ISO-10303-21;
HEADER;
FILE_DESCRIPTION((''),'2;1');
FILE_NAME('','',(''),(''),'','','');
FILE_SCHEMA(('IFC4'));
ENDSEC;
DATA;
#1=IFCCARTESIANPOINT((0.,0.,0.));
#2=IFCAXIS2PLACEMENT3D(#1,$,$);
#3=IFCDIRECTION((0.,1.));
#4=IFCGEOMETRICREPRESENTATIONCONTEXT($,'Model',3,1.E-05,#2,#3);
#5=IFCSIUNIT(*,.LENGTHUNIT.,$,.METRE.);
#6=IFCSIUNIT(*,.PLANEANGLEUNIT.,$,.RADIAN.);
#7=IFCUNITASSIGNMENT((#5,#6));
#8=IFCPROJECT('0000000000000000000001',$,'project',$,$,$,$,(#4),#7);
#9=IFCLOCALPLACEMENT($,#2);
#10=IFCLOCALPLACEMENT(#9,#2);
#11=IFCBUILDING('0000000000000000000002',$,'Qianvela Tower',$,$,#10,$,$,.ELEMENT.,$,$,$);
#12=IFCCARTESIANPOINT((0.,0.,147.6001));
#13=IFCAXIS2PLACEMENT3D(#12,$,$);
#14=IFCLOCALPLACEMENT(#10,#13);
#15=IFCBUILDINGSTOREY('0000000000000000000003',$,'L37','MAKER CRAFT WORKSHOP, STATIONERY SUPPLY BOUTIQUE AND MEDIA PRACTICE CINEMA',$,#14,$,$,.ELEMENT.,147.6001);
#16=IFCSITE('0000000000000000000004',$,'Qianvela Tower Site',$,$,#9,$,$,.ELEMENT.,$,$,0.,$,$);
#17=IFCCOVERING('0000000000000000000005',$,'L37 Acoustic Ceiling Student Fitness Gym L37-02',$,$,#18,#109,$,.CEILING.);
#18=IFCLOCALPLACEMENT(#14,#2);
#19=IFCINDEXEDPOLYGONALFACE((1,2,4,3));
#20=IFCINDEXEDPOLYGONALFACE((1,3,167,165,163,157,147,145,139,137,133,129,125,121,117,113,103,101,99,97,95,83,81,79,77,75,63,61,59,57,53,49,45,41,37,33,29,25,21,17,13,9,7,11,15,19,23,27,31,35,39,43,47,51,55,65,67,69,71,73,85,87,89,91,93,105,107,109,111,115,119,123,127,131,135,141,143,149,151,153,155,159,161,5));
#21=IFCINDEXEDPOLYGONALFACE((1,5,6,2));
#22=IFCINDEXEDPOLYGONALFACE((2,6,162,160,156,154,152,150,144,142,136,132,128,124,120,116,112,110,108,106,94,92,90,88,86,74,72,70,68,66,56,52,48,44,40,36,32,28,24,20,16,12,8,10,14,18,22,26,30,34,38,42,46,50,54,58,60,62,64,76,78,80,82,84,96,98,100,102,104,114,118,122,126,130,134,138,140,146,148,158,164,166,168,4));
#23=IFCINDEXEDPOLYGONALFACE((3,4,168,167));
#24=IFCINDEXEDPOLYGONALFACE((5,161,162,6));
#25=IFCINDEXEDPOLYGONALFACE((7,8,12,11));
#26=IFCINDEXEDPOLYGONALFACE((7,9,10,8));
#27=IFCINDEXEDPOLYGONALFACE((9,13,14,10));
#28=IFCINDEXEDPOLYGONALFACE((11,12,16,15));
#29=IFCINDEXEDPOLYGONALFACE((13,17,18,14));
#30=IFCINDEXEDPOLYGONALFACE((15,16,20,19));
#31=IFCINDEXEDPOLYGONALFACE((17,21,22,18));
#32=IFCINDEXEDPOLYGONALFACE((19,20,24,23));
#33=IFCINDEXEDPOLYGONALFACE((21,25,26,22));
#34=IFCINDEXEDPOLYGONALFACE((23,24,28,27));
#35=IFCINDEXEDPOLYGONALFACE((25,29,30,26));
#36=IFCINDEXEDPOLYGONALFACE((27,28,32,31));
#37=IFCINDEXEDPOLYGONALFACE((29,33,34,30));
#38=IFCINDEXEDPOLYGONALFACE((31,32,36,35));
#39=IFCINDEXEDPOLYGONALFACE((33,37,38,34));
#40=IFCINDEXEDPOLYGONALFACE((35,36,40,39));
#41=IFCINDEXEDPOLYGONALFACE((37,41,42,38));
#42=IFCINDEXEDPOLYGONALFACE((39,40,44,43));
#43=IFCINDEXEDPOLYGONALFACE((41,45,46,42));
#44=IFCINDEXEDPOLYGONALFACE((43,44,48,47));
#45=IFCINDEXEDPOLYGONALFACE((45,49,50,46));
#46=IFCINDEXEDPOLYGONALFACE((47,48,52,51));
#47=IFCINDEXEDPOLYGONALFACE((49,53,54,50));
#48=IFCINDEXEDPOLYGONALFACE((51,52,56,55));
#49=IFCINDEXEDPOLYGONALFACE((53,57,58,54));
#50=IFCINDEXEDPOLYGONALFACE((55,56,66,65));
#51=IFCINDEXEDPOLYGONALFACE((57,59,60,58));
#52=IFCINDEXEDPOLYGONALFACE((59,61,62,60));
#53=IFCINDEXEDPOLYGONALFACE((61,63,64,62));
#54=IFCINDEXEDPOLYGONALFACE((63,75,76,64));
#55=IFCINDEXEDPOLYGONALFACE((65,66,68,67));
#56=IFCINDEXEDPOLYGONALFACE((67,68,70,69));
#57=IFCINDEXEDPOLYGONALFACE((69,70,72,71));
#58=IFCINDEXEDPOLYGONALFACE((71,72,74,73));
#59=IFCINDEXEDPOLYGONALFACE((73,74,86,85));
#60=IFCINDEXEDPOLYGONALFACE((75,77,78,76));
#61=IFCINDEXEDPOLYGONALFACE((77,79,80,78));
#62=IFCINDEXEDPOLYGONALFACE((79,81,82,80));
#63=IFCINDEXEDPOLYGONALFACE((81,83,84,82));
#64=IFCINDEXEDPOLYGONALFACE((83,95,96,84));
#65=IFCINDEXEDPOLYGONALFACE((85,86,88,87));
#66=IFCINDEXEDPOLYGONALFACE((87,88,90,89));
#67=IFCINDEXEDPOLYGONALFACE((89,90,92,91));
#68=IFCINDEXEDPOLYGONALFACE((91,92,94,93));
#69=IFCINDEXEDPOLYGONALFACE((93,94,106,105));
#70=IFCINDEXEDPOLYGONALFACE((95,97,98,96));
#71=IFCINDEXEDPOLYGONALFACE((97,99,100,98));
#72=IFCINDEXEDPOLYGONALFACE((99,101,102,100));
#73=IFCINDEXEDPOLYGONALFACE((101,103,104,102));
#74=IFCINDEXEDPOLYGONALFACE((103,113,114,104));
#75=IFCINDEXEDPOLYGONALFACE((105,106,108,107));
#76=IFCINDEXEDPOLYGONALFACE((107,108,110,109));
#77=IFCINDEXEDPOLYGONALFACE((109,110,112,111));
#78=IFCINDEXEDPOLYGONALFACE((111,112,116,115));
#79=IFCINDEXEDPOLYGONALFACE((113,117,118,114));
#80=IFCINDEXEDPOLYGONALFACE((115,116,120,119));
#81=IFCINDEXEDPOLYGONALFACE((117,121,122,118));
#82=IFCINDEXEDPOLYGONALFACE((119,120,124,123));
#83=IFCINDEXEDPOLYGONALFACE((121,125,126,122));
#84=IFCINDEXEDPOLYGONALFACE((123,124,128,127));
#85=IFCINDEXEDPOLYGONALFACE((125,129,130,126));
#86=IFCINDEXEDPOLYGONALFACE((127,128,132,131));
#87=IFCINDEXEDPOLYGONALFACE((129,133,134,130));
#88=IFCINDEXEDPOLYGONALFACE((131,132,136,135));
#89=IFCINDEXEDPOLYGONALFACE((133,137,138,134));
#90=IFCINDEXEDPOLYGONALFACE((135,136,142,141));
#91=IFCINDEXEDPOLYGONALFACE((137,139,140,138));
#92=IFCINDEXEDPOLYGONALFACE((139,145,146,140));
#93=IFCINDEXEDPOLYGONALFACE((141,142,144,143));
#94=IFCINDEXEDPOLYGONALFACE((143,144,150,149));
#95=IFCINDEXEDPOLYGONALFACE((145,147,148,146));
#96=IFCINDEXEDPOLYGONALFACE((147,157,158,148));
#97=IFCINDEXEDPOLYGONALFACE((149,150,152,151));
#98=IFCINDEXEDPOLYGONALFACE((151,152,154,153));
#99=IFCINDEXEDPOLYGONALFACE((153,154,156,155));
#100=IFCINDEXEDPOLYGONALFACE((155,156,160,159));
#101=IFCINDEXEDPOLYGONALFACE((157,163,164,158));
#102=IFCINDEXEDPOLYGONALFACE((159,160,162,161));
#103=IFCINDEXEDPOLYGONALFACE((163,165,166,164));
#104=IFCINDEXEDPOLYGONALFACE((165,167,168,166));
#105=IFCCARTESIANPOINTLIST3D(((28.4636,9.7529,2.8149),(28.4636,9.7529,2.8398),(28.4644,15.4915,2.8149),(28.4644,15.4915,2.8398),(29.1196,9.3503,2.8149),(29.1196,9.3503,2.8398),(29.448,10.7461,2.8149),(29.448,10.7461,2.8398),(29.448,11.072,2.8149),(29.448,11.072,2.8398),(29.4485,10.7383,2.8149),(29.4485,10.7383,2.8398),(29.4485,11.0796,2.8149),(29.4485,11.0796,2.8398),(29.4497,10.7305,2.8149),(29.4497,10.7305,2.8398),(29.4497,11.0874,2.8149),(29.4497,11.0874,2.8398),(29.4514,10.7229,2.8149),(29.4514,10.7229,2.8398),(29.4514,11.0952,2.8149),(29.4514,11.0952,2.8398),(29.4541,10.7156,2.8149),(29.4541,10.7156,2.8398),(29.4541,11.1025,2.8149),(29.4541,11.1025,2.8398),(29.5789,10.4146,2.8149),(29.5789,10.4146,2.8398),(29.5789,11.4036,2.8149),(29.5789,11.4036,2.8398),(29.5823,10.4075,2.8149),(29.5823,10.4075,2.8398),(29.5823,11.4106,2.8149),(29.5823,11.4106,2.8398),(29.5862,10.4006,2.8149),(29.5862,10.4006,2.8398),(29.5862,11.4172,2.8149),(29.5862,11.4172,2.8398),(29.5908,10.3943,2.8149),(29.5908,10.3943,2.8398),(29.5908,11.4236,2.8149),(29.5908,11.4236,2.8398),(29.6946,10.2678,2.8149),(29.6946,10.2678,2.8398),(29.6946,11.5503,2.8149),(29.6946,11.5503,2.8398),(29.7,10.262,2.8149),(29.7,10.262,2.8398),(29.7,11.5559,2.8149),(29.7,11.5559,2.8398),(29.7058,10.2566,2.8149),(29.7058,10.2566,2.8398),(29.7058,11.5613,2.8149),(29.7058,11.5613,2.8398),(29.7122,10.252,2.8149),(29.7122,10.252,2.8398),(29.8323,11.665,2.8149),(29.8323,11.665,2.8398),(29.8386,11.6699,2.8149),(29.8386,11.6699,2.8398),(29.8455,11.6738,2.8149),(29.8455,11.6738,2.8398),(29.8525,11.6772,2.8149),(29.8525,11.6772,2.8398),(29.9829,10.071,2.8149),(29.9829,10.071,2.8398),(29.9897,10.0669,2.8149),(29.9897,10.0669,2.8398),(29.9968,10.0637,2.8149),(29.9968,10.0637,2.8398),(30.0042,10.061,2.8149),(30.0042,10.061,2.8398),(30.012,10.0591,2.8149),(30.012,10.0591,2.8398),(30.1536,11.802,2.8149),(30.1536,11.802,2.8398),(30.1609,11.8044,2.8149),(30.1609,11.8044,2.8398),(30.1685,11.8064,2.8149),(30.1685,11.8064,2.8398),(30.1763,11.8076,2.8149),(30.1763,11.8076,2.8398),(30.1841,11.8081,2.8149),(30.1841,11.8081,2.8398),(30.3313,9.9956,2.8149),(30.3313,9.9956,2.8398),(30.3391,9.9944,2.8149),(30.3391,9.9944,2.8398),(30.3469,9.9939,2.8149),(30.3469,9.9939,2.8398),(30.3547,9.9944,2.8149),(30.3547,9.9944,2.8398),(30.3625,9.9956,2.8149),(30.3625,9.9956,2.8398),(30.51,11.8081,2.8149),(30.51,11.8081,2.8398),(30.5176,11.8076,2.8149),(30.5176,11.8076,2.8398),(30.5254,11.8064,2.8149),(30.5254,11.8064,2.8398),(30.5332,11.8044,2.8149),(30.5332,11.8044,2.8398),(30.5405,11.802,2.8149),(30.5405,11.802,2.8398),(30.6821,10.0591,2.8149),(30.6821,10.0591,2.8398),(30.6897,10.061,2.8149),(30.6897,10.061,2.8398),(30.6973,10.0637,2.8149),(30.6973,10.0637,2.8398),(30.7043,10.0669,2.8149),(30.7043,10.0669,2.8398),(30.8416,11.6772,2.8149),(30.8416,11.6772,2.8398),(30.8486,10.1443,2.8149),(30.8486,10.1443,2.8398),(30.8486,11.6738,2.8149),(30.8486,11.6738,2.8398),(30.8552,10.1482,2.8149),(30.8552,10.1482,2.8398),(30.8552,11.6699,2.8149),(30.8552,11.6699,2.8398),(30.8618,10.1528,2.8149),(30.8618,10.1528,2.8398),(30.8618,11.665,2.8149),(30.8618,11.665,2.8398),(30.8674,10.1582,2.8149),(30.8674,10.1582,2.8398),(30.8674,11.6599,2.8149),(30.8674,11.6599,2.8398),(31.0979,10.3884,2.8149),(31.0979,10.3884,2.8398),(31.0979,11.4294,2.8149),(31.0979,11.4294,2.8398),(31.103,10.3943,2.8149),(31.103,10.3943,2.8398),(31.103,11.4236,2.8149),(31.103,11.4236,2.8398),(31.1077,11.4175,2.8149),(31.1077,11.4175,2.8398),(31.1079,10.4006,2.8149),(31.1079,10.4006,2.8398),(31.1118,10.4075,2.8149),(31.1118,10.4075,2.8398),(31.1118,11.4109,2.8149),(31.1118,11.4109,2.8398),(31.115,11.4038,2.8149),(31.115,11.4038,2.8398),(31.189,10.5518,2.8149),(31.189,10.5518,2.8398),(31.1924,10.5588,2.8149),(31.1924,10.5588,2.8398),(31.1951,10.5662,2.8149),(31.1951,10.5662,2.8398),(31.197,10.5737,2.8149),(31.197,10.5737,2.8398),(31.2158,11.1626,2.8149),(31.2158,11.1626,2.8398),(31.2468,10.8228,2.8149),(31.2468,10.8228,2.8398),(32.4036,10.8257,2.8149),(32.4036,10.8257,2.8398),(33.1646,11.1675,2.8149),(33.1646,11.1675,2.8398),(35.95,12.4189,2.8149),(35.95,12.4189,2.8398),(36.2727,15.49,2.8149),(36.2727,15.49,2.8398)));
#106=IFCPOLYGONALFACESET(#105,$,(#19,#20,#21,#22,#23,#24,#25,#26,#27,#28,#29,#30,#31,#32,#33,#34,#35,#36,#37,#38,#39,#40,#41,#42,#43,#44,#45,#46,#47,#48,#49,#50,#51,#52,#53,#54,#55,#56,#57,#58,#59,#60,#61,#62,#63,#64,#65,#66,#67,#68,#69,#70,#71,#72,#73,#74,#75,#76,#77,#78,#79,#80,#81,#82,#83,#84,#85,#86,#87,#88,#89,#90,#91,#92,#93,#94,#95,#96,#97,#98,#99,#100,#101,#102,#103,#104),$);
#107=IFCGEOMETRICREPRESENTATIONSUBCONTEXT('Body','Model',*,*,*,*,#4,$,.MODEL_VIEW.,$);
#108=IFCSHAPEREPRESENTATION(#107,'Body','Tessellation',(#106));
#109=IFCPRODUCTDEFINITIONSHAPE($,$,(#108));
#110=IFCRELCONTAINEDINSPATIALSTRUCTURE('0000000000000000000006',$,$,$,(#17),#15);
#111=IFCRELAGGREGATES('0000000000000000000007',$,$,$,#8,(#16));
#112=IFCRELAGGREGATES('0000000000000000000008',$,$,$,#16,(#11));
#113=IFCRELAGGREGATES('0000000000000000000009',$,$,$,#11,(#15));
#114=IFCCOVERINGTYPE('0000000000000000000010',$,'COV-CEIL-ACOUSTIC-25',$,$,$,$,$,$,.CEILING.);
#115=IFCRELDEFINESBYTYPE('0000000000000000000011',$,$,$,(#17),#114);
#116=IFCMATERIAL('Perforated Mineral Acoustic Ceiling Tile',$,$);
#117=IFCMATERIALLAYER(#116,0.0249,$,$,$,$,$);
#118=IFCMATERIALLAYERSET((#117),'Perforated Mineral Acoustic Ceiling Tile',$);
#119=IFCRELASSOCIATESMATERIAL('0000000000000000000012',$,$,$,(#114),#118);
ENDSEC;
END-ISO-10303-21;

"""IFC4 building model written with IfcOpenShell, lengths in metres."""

from ifc_helpers import new_model, si_unit, direction, frame, origin, place, context, subcontext, project, spatial, polyline, outline, extrude, material, layer, layer_set, type_object, element, save


model = new_model("IFC4")

# Units and contexts
model_context = context("Model", 3, precision=1e-05, world=origin(), true_north=direction((0.0, 1.0)))
body_context = subcontext(model_context, "Body", "Model", "MODEL_VIEW")
ifc_project = project(units=[si_unit("LENGTHUNIT", "METRE"), si_unit("PLANEANGLEUNIT", "RADIAN")], contexts=[model_context])

# Site, building, storey
site_placement = place(None, origin())
site = spatial("IfcSite", under=ifc_project, at=site_placement, Name="Qianvela Tower Site", CompositionType="ELEMENT", RefElevation=0.0)
building_placement = place(site_placement, origin())
building = spatial("IfcBuilding", under=site, at=building_placement, Name="Qianvela Tower", CompositionType="ELEMENT")
storey_placement = place(building_placement, frame((0.0, 0.0, 147.6001)))
storey = spatial("IfcBuildingStorey", under=building, at=storey_placement, Name="L37", Description="MAKER CRAFT WORKSHOP, STATIONERY SUPPLY BOUTIQUE AND MEDIA PRACTICE CINEMA", CompositionType="ELEMENT", Elevation=147.6001)

# Covering
ifc_material_1 = material(Name="Perforated Mineral Acoustic Ceiling Tile")
ifc_layer_1 = layer(ifc_material_1, 0.0249)
ifc_layer_set_1 = layer_set([ifc_layer_1], Name="Perforated Mineral Acoustic Ceiling Tile")
covering_type_1 = type_object("IfcCoveringType", Name="COV-CEIL-ACOUSTIC-25", PredefinedType="CEILING", material=ifc_layer_set_1)
covering_1_placement = place(storey_placement, frame((0.0, 0.0, 2.8149)))
element("IfcCovering", 1, at=covering_1_placement, inside=storey, type_object=covering_type_1, Name="L37 Acoustic Ceiling Student Fitness Gym L37-02", PredefinedType="CEILING", context=body_context, shape_type="SweptSolid", body=[
    extrude(outline(polyline([(33.1646, 11.1675), (31.2158, 11.1626), (31.115, 11.4038), (31.1118, 11.4109), (31.1077, 11.4175), (31.103, 11.4236), (31.0979, 11.4294), (30.8674, 11.6599), (30.8618, 11.665), (30.8552, 11.6699), (30.8486, 11.6738), (30.8416, 11.6772), (30.5405, 11.802), (30.5332, 11.8044), (30.5254, 11.8064), (30.5176, 11.8076), (30.51, 11.8081), (30.1841, 11.8081), (30.1763, 11.8076), (30.1685, 11.8064), (30.1609, 11.8044), (30.1536, 11.802), (29.8525, 11.6772), (29.8455, 11.6738), (29.8386, 11.6699), (29.8323, 11.665), (29.7058, 11.5613), (29.7, 11.5559), (29.6946, 11.5503), (29.5908, 11.4236), (29.5862, 11.4172), (29.5823, 11.4106), (29.5789, 11.4036), (29.4541, 11.1025), (29.4514, 11.0952), (29.4497, 11.0874), (29.4485, 11.0796), (29.448, 11.072), (29.448, 10.7461), (29.4485, 10.7383), (29.4497, 10.7305), (29.4514, 10.7229), (29.4541, 10.7156), (29.5789, 10.4146), (29.5823, 10.4075), (29.5862, 10.4006), (29.5908, 10.3943), (29.6946, 10.2678), (29.7, 10.262), (29.7058, 10.2566), (29.7122, 10.252), (29.9829, 10.071), (29.9897, 10.0669), (29.9968, 10.0637), (30.0042, 10.061), (30.012, 10.0591), (30.3313, 9.9956), (30.3391, 9.9944), (30.3469, 9.9939), (30.3547, 9.9944), (30.3625, 9.9956), (30.6821, 10.0591), (30.6897, 10.061), (30.6973, 10.0637), (30.7043, 10.0669), (30.8486, 10.1443), (30.8552, 10.1482), (30.8618, 10.1528), (30.8674, 10.1582), (31.0979, 10.3884), (31.103, 10.3943), (31.1079, 10.4006), (31.1118, 10.4075), (31.189, 10.5518), (31.1924, 10.5588), (31.1951, 10.5662), (31.197, 10.5737), (31.2468, 10.8228), (32.4036, 10.8257), (29.1196, 9.3503), (28.4636, 9.7529), (28.4644, 15.4915), (36.2727, 15.49), (35.95, 12.4189), (33.1646, 11.1675)])), origin(), (0.0, 0.0, 1.0), 0.0249),
])

save(model, "model.ifc")
